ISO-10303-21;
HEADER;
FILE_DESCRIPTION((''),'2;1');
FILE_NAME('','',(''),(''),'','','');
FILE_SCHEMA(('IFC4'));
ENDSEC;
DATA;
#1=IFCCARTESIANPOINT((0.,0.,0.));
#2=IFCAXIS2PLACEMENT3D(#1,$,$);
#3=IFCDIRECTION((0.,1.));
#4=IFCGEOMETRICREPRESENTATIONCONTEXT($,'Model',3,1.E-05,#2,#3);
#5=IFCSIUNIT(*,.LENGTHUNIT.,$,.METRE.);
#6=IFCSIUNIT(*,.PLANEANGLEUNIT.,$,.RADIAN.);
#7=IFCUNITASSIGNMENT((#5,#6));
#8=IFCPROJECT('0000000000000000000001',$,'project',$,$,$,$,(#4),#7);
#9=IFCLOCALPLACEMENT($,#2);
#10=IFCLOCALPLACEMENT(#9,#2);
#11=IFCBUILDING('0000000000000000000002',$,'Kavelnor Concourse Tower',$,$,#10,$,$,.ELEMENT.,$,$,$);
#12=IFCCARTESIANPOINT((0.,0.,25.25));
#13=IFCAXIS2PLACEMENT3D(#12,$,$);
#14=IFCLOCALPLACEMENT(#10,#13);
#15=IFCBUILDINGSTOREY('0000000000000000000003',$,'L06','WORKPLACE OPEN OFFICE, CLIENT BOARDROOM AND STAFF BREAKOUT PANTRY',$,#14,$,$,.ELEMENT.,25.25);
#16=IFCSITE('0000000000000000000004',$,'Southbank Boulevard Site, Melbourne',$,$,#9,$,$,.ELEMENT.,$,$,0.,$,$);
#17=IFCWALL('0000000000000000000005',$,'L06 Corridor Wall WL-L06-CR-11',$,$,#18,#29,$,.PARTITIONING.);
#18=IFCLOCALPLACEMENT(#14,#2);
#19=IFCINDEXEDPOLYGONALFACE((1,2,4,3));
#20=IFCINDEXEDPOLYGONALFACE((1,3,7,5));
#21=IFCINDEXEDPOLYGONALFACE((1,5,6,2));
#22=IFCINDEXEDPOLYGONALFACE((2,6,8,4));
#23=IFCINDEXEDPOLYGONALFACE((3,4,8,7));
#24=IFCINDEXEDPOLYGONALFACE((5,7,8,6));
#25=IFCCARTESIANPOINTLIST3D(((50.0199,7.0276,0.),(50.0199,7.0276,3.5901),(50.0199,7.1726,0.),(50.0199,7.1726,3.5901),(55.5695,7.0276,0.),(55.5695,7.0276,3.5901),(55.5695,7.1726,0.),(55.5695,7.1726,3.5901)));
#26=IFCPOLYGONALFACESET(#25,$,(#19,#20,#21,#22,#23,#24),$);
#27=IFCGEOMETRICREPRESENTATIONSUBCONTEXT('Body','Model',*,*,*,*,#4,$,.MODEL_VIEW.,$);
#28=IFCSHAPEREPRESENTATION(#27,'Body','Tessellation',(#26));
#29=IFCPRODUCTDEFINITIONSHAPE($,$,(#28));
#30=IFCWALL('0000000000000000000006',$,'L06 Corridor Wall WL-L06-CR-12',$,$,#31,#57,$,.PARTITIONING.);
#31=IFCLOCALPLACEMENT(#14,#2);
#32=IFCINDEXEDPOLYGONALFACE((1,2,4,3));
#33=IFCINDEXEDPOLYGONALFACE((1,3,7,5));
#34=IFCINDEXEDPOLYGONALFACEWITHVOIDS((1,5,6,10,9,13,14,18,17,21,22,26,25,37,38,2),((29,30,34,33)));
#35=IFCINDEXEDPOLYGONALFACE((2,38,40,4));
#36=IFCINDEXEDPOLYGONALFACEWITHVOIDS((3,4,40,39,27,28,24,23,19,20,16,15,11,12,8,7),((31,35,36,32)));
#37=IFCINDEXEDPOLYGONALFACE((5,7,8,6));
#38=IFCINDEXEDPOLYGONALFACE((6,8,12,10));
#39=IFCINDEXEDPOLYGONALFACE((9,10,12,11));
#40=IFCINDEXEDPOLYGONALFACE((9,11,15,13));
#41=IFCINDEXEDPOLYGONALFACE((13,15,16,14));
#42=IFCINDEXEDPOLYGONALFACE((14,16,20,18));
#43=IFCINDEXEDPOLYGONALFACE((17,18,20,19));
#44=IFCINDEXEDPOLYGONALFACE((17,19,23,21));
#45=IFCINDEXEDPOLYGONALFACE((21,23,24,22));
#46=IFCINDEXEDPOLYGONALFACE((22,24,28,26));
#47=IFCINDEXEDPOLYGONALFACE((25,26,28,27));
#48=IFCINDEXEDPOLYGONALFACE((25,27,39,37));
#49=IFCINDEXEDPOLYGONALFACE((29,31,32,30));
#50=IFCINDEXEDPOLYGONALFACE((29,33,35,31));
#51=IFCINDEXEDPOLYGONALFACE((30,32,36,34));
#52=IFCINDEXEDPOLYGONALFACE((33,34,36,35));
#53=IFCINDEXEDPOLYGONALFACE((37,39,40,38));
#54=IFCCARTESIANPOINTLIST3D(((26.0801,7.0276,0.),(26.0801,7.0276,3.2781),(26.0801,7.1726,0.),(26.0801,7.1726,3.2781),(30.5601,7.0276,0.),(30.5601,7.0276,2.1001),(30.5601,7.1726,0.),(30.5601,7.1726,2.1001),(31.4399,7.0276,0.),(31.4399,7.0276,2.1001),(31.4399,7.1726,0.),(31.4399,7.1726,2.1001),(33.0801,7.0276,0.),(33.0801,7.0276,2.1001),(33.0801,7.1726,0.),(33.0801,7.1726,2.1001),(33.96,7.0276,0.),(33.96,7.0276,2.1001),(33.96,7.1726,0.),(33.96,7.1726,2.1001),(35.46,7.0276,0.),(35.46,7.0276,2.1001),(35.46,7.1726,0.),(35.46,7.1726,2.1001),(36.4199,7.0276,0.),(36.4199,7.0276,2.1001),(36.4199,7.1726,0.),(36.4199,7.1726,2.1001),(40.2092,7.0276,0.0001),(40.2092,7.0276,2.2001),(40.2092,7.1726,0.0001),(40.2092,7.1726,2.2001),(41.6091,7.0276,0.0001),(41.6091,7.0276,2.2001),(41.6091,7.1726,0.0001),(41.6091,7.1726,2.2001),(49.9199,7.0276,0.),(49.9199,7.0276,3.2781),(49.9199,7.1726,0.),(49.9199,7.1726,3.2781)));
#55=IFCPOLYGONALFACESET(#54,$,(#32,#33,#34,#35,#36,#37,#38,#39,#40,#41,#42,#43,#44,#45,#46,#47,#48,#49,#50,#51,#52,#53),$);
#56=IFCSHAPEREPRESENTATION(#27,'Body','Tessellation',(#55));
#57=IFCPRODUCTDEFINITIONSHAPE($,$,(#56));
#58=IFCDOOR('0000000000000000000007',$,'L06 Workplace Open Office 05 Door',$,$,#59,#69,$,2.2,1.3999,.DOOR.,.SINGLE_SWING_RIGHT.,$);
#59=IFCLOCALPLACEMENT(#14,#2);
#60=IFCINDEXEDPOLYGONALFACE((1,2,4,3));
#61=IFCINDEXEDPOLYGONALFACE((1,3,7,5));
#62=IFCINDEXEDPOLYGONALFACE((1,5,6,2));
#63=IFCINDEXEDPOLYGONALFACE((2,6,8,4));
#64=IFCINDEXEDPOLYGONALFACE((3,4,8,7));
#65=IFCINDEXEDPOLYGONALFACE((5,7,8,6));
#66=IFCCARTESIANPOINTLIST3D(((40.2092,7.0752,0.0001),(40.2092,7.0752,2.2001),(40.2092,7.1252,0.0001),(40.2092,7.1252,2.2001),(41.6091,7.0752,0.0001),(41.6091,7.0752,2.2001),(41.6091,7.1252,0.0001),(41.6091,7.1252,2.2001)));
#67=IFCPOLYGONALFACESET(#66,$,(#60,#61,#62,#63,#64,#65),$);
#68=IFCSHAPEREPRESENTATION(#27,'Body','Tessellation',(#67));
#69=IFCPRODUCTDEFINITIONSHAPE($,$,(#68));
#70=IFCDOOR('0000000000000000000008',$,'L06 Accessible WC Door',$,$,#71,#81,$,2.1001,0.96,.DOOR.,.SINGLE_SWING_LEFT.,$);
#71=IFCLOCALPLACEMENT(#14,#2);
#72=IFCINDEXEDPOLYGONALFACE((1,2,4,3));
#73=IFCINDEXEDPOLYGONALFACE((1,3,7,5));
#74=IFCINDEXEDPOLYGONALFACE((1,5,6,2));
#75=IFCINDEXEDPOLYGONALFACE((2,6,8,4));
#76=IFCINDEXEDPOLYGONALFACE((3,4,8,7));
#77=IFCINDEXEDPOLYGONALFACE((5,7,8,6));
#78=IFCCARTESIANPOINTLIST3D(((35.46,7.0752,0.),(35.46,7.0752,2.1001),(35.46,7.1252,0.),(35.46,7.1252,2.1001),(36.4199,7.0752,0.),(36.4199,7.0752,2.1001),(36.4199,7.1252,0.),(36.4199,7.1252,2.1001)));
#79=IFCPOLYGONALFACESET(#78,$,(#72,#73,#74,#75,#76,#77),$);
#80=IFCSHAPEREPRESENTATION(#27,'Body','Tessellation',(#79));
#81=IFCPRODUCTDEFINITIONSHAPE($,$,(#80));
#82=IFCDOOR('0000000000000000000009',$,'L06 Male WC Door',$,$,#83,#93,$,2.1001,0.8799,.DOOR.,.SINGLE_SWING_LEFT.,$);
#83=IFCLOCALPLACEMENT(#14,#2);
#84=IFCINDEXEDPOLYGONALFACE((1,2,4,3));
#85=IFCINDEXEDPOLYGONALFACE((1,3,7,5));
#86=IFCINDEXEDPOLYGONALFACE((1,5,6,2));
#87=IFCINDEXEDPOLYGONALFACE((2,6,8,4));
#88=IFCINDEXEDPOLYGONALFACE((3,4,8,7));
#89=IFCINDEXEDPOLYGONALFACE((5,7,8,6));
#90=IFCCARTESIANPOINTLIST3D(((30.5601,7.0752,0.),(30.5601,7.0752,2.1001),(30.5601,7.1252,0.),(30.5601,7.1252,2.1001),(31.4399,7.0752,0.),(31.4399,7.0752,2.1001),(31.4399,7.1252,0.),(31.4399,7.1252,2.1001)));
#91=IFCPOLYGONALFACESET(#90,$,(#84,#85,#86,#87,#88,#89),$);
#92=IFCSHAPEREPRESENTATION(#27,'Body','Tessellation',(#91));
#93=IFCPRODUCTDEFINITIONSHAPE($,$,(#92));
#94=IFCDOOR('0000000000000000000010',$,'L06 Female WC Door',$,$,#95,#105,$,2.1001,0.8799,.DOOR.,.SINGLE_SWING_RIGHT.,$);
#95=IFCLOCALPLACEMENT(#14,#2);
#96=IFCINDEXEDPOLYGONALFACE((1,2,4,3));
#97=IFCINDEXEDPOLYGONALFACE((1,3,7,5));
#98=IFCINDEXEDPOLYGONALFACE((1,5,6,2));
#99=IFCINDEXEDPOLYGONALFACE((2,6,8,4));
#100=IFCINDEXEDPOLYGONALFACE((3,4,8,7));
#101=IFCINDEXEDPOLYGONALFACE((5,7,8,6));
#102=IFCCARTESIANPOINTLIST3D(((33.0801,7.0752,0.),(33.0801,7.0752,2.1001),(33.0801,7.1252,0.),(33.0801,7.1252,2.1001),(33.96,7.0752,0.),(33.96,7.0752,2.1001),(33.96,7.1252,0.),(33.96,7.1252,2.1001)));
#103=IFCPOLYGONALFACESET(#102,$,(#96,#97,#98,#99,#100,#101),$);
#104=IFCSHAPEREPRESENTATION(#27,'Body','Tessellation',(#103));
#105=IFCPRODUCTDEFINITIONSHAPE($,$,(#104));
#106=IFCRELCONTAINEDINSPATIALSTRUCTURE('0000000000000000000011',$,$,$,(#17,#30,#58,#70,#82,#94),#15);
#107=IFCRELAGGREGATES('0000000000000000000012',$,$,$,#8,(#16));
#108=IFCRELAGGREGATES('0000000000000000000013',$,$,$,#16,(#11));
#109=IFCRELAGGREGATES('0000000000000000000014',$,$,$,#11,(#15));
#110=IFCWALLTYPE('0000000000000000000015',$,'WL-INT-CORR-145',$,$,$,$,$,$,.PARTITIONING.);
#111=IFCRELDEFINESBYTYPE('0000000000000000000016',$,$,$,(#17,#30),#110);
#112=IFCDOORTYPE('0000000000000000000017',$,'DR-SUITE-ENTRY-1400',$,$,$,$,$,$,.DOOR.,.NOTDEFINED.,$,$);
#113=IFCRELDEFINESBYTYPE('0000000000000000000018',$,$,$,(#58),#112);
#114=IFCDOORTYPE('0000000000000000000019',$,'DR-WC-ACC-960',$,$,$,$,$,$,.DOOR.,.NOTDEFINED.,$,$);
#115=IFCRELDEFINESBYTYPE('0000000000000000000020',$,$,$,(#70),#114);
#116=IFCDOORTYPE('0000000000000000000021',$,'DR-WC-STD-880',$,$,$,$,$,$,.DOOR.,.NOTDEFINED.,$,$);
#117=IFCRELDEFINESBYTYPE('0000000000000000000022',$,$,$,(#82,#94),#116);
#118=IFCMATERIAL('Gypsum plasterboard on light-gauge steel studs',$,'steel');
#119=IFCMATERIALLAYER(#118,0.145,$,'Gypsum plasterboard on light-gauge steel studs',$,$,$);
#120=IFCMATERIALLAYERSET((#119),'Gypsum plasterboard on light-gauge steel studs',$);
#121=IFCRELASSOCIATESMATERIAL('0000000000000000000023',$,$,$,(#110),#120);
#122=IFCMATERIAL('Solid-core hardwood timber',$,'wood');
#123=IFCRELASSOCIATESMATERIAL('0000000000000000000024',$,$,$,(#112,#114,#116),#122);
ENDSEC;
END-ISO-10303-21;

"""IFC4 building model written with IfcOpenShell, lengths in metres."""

from ifc_helpers import new_model, si_unit, direction, frame, frame_2d, origin, place, context, subcontext, project, spatial, rectangle, extrude, material, layer, layer_set, type_object, element, fill, save


model = new_model("IFC4")

# Units and contexts
model_context = context("Model", 3, precision=1e-05, world=origin(), true_north=direction((0.0, 1.0)))
body_context = subcontext(model_context, "Body", "Model", "MODEL_VIEW")
ifc_project = project(units=[si_unit("LENGTHUNIT", "METRE"), si_unit("PLANEANGLEUNIT", "RADIAN")], contexts=[model_context])

# Site, building, storey
site_placement = place(None, origin())
site = spatial("IfcSite", under=ifc_project, at=site_placement, Name="Southbank Boulevard Site, Melbourne", CompositionType="ELEMENT", RefElevation=0.0)
building_placement = place(site_placement, origin())
building = spatial("IfcBuilding", under=site, at=building_placement, Name="Kavelnor Concourse Tower", CompositionType="ELEMENT")
storey_placement = place(building_placement, frame((0.0, 0.0, 25.25)))
storey = spatial("IfcBuildingStorey", under=building, at=storey_placement, Name="L06", Description="WORKPLACE OPEN OFFICE, CLIENT BOARDROOM AND STAFF BREAKOUT PANTRY", CompositionType="ELEMENT", Elevation=25.25)

# Wall
ifc_material_1 = material(Name="Gypsum plasterboard on light-gauge steel studs", Category="steel")
ifc_layer_1 = layer(ifc_material_1, 0.145, Name="Gypsum plasterboard on light-gauge steel studs")
ifc_layer_set_1 = layer_set([ifc_layer_1], Name="Gypsum plasterboard on light-gauge steel studs")
wall_type_1 = type_object("IfcWallType", Name="WL-INT-CORR-145", PredefinedType="PARTITIONING", material=ifc_layer_set_1)
wall_1_placement = place(storey_placement, frame((55.5696, 7.1001, 0.0), z_axis=(0.0, 0.0, 1.0), x_axis=(-1.0, 0.0, 0.0)))
element("IfcWall", 1, at=wall_1_placement, inside=storey, type_object=wall_type_1, Name="L06 Corridor Wall WL-L06-CR-11", PredefinedType="PARTITIONING", context=body_context, shape_type="SweptSolid", body=[
    extrude(rectangle(XDim=5.5496, YDim=0.145, at=frame_2d((2.7749, 0.0))), origin(), (0.0, 0.0, 1.0), 3.5901),
])

# Wall, openings, doors
wall_2_placement = place(storey_placement, frame((49.9199, 7.1001, 0.0), z_axis=(0.0, 0.0, 1.0), x_axis=(-1.0, 0.0, 0.0)))
wall_2 = element("IfcWall", 2, at=wall_2_placement, inside=storey, type_object=wall_type_1, Name="L06 Corridor Wall WL-L06-CR-12", PredefinedType="PARTITIONING", context=body_context, shape_type="SweptSolid", body=[
    extrude(rectangle(XDim=23.8398, YDim=0.145, at=frame_2d((11.9199, 0.0))), origin(), (0.0, 0.0, 1.0), 3.2781),
])
opening_1_placement = place(wall_2_placement, frame((18.48, 0.0, 0.0)))
opening_1 = element("IfcOpeningElement", 3, at=opening_1_placement, cuts=wall_2, PredefinedType="OPENING", context=body_context, shape_type="SweptSolid", body=[
    extrude(rectangle(XDim=0.8799, YDim=2.1001, at=frame_2d((0.4399, 1.05))), frame((0.0, 0.0825, 0.0), z_axis=(0.0, -1.0, 0.0), x_axis=(1.0, 0.0, 0.0)), (0.0, 0.0, 1.0), 0.165),
])
opening_2_placement = place(wall_2_placement, frame((15.96, 0.0, 0.0)))
opening_2 = element("IfcOpeningElement", 4, at=opening_2_placement, cuts=wall_2, PredefinedType="OPENING", context=body_context, shape_type="SweptSolid", body=[
    extrude(rectangle(XDim=0.8799, YDim=2.1001, at=frame_2d((0.4399, 1.05))), frame((0.0, 0.0825, 0.0), z_axis=(0.0, -1.0, 0.0), x_axis=(1.0, 0.0, 0.0)), (0.0, 0.0, 1.0), 0.165),
])
opening_3_placement = place(wall_2_placement, frame((13.5, 0.0, 0.0)))
opening_3 = element("IfcOpeningElement", 5, at=opening_3_placement, cuts=wall_2, PredefinedType="OPENING", context=body_context, shape_type="SweptSolid", body=[
    extrude(rectangle(XDim=0.96, YDim=2.1001, at=frame_2d((0.48, 1.05))), frame((0.0, 0.0825, 0.0), z_axis=(0.0, -1.0, 0.0), x_axis=(1.0, 0.0, 0.0)), (0.0, 0.0, 1.0), 0.165),
])
opening_4_placement = place(wall_2_placement, frame((8.3108, 0.0, 0.0)))
opening_4 = element("IfcOpeningElement", 6, at=opening_4_placement, cuts=wall_2, PredefinedType="OPENING", context=body_context, shape_type="SweptSolid", body=[
    extrude(rectangle(XDim=1.3999, YDim=2.2, at=frame_2d((0.7, 1.1001))), frame((0.0, 0.0825, 0.0), z_axis=(0.0, -1.0, 0.0), x_axis=(1.0, 0.0, 0.0)), (0.0, 0.0, 1.0), 0.165),
])
ifc_material_2 = material(Name="Solid-core hardwood timber", Category="wood")
door_type_1 = type_object("IfcDoorType", Name="DR-SUITE-ENTRY-1400", OperationType="NOTDEFINED", PredefinedType="DOOR", material=ifc_material_2)
door_1_placement = place(opening_4_placement, origin())
door_1 = element("IfcDoor", 7, at=door_1_placement, inside=storey, type_object=door_type_1, Name="L06 Workplace Open Office 05 Door", OperationType="SINGLE_SWING_RIGHT", OverallHeight=2.2, OverallWidth=1.3999, PredefinedType="DOOR", context=body_context, shape_type="SweptSolid", body=[
    extrude(rectangle(XDim=1.3999, YDim=2.2, at=frame_2d((0.7, 1.1001))), frame((0.0, 0.0249, 0.0), z_axis=(0.0, -1.0, 0.0), x_axis=(1.0, 0.0, 0.0)), (0.0, 0.0, 1.0), 0.05),
])
fill(opening_4, door_1)
door_type_2 = type_object("IfcDoorType", Name="DR-WC-ACC-960", OperationType="NOTDEFINED", PredefinedType="DOOR", material=ifc_material_2)
door_2_placement = place(opening_3_placement, origin())
door_2 = element("IfcDoor", 8, at=door_2_placement, inside=storey, type_object=door_type_2, Name="L06 Accessible WC Door", OperationType="SINGLE_SWING_LEFT", OverallHeight=2.1001, OverallWidth=0.96, PredefinedType="DOOR", context=body_context, shape_type="SweptSolid", body=[
    extrude(rectangle(XDim=0.96, YDim=2.1001, at=frame_2d((0.48, 1.05))), frame((0.0, 0.0249, 0.0), z_axis=(0.0, -1.0, 0.0), x_axis=(1.0, 0.0, 0.0)), (0.0, 0.0, 1.0), 0.05),
])
fill(opening_3, door_2)
door_type_3 = type_object("IfcDoorType", Name="DR-WC-STD-880", OperationType="NOTDEFINED", PredefinedType="DOOR", material=ifc_material_2)
door_3_placement = place(opening_1_placement, origin())
door_3 = element("IfcDoor", 9, at=door_3_placement, inside=storey, type_object=door_type_3, Name="L06 Male WC Door", OperationType="SINGLE_SWING_LEFT", OverallHeight=2.1001, OverallWidth=0.8799, PredefinedType="DOOR", context=body_context, shape_type="SweptSolid", body=[
    extrude(rectangle(XDim=0.8799, YDim=2.1001, at=frame_2d((0.4399, 1.05))), frame((0.0, 0.0249, 0.0), z_axis=(0.0, -1.0, 0.0), x_axis=(1.0, 0.0, 0.0)), (0.0, 0.0, 1.0), 0.05),
])
fill(opening_1, door_3)
door_4_placement = place(opening_2_placement, origin())
door_4 = element("IfcDoor", 10, at=door_4_placement, inside=storey, type_object=door_type_3, Name="L06 Female WC Door", OperationType="SINGLE_SWING_RIGHT", OverallHeight=2.1001, OverallWidth=0.8799, PredefinedType="DOOR", context=body_context, shape_type="SweptSolid", body=[
    extrude(rectangle(XDim=0.8799, YDim=2.1001, at=frame_2d((0.4399, 1.05))), frame((0.0, 0.0249, 0.0), z_axis=(0.0, -1.0, 0.0), x_axis=(1.0, 0.0, 0.0)), (0.0, 0.0, 1.0), 0.05),
])
fill(opening_2, door_4)

save(model, "model.ifc")
